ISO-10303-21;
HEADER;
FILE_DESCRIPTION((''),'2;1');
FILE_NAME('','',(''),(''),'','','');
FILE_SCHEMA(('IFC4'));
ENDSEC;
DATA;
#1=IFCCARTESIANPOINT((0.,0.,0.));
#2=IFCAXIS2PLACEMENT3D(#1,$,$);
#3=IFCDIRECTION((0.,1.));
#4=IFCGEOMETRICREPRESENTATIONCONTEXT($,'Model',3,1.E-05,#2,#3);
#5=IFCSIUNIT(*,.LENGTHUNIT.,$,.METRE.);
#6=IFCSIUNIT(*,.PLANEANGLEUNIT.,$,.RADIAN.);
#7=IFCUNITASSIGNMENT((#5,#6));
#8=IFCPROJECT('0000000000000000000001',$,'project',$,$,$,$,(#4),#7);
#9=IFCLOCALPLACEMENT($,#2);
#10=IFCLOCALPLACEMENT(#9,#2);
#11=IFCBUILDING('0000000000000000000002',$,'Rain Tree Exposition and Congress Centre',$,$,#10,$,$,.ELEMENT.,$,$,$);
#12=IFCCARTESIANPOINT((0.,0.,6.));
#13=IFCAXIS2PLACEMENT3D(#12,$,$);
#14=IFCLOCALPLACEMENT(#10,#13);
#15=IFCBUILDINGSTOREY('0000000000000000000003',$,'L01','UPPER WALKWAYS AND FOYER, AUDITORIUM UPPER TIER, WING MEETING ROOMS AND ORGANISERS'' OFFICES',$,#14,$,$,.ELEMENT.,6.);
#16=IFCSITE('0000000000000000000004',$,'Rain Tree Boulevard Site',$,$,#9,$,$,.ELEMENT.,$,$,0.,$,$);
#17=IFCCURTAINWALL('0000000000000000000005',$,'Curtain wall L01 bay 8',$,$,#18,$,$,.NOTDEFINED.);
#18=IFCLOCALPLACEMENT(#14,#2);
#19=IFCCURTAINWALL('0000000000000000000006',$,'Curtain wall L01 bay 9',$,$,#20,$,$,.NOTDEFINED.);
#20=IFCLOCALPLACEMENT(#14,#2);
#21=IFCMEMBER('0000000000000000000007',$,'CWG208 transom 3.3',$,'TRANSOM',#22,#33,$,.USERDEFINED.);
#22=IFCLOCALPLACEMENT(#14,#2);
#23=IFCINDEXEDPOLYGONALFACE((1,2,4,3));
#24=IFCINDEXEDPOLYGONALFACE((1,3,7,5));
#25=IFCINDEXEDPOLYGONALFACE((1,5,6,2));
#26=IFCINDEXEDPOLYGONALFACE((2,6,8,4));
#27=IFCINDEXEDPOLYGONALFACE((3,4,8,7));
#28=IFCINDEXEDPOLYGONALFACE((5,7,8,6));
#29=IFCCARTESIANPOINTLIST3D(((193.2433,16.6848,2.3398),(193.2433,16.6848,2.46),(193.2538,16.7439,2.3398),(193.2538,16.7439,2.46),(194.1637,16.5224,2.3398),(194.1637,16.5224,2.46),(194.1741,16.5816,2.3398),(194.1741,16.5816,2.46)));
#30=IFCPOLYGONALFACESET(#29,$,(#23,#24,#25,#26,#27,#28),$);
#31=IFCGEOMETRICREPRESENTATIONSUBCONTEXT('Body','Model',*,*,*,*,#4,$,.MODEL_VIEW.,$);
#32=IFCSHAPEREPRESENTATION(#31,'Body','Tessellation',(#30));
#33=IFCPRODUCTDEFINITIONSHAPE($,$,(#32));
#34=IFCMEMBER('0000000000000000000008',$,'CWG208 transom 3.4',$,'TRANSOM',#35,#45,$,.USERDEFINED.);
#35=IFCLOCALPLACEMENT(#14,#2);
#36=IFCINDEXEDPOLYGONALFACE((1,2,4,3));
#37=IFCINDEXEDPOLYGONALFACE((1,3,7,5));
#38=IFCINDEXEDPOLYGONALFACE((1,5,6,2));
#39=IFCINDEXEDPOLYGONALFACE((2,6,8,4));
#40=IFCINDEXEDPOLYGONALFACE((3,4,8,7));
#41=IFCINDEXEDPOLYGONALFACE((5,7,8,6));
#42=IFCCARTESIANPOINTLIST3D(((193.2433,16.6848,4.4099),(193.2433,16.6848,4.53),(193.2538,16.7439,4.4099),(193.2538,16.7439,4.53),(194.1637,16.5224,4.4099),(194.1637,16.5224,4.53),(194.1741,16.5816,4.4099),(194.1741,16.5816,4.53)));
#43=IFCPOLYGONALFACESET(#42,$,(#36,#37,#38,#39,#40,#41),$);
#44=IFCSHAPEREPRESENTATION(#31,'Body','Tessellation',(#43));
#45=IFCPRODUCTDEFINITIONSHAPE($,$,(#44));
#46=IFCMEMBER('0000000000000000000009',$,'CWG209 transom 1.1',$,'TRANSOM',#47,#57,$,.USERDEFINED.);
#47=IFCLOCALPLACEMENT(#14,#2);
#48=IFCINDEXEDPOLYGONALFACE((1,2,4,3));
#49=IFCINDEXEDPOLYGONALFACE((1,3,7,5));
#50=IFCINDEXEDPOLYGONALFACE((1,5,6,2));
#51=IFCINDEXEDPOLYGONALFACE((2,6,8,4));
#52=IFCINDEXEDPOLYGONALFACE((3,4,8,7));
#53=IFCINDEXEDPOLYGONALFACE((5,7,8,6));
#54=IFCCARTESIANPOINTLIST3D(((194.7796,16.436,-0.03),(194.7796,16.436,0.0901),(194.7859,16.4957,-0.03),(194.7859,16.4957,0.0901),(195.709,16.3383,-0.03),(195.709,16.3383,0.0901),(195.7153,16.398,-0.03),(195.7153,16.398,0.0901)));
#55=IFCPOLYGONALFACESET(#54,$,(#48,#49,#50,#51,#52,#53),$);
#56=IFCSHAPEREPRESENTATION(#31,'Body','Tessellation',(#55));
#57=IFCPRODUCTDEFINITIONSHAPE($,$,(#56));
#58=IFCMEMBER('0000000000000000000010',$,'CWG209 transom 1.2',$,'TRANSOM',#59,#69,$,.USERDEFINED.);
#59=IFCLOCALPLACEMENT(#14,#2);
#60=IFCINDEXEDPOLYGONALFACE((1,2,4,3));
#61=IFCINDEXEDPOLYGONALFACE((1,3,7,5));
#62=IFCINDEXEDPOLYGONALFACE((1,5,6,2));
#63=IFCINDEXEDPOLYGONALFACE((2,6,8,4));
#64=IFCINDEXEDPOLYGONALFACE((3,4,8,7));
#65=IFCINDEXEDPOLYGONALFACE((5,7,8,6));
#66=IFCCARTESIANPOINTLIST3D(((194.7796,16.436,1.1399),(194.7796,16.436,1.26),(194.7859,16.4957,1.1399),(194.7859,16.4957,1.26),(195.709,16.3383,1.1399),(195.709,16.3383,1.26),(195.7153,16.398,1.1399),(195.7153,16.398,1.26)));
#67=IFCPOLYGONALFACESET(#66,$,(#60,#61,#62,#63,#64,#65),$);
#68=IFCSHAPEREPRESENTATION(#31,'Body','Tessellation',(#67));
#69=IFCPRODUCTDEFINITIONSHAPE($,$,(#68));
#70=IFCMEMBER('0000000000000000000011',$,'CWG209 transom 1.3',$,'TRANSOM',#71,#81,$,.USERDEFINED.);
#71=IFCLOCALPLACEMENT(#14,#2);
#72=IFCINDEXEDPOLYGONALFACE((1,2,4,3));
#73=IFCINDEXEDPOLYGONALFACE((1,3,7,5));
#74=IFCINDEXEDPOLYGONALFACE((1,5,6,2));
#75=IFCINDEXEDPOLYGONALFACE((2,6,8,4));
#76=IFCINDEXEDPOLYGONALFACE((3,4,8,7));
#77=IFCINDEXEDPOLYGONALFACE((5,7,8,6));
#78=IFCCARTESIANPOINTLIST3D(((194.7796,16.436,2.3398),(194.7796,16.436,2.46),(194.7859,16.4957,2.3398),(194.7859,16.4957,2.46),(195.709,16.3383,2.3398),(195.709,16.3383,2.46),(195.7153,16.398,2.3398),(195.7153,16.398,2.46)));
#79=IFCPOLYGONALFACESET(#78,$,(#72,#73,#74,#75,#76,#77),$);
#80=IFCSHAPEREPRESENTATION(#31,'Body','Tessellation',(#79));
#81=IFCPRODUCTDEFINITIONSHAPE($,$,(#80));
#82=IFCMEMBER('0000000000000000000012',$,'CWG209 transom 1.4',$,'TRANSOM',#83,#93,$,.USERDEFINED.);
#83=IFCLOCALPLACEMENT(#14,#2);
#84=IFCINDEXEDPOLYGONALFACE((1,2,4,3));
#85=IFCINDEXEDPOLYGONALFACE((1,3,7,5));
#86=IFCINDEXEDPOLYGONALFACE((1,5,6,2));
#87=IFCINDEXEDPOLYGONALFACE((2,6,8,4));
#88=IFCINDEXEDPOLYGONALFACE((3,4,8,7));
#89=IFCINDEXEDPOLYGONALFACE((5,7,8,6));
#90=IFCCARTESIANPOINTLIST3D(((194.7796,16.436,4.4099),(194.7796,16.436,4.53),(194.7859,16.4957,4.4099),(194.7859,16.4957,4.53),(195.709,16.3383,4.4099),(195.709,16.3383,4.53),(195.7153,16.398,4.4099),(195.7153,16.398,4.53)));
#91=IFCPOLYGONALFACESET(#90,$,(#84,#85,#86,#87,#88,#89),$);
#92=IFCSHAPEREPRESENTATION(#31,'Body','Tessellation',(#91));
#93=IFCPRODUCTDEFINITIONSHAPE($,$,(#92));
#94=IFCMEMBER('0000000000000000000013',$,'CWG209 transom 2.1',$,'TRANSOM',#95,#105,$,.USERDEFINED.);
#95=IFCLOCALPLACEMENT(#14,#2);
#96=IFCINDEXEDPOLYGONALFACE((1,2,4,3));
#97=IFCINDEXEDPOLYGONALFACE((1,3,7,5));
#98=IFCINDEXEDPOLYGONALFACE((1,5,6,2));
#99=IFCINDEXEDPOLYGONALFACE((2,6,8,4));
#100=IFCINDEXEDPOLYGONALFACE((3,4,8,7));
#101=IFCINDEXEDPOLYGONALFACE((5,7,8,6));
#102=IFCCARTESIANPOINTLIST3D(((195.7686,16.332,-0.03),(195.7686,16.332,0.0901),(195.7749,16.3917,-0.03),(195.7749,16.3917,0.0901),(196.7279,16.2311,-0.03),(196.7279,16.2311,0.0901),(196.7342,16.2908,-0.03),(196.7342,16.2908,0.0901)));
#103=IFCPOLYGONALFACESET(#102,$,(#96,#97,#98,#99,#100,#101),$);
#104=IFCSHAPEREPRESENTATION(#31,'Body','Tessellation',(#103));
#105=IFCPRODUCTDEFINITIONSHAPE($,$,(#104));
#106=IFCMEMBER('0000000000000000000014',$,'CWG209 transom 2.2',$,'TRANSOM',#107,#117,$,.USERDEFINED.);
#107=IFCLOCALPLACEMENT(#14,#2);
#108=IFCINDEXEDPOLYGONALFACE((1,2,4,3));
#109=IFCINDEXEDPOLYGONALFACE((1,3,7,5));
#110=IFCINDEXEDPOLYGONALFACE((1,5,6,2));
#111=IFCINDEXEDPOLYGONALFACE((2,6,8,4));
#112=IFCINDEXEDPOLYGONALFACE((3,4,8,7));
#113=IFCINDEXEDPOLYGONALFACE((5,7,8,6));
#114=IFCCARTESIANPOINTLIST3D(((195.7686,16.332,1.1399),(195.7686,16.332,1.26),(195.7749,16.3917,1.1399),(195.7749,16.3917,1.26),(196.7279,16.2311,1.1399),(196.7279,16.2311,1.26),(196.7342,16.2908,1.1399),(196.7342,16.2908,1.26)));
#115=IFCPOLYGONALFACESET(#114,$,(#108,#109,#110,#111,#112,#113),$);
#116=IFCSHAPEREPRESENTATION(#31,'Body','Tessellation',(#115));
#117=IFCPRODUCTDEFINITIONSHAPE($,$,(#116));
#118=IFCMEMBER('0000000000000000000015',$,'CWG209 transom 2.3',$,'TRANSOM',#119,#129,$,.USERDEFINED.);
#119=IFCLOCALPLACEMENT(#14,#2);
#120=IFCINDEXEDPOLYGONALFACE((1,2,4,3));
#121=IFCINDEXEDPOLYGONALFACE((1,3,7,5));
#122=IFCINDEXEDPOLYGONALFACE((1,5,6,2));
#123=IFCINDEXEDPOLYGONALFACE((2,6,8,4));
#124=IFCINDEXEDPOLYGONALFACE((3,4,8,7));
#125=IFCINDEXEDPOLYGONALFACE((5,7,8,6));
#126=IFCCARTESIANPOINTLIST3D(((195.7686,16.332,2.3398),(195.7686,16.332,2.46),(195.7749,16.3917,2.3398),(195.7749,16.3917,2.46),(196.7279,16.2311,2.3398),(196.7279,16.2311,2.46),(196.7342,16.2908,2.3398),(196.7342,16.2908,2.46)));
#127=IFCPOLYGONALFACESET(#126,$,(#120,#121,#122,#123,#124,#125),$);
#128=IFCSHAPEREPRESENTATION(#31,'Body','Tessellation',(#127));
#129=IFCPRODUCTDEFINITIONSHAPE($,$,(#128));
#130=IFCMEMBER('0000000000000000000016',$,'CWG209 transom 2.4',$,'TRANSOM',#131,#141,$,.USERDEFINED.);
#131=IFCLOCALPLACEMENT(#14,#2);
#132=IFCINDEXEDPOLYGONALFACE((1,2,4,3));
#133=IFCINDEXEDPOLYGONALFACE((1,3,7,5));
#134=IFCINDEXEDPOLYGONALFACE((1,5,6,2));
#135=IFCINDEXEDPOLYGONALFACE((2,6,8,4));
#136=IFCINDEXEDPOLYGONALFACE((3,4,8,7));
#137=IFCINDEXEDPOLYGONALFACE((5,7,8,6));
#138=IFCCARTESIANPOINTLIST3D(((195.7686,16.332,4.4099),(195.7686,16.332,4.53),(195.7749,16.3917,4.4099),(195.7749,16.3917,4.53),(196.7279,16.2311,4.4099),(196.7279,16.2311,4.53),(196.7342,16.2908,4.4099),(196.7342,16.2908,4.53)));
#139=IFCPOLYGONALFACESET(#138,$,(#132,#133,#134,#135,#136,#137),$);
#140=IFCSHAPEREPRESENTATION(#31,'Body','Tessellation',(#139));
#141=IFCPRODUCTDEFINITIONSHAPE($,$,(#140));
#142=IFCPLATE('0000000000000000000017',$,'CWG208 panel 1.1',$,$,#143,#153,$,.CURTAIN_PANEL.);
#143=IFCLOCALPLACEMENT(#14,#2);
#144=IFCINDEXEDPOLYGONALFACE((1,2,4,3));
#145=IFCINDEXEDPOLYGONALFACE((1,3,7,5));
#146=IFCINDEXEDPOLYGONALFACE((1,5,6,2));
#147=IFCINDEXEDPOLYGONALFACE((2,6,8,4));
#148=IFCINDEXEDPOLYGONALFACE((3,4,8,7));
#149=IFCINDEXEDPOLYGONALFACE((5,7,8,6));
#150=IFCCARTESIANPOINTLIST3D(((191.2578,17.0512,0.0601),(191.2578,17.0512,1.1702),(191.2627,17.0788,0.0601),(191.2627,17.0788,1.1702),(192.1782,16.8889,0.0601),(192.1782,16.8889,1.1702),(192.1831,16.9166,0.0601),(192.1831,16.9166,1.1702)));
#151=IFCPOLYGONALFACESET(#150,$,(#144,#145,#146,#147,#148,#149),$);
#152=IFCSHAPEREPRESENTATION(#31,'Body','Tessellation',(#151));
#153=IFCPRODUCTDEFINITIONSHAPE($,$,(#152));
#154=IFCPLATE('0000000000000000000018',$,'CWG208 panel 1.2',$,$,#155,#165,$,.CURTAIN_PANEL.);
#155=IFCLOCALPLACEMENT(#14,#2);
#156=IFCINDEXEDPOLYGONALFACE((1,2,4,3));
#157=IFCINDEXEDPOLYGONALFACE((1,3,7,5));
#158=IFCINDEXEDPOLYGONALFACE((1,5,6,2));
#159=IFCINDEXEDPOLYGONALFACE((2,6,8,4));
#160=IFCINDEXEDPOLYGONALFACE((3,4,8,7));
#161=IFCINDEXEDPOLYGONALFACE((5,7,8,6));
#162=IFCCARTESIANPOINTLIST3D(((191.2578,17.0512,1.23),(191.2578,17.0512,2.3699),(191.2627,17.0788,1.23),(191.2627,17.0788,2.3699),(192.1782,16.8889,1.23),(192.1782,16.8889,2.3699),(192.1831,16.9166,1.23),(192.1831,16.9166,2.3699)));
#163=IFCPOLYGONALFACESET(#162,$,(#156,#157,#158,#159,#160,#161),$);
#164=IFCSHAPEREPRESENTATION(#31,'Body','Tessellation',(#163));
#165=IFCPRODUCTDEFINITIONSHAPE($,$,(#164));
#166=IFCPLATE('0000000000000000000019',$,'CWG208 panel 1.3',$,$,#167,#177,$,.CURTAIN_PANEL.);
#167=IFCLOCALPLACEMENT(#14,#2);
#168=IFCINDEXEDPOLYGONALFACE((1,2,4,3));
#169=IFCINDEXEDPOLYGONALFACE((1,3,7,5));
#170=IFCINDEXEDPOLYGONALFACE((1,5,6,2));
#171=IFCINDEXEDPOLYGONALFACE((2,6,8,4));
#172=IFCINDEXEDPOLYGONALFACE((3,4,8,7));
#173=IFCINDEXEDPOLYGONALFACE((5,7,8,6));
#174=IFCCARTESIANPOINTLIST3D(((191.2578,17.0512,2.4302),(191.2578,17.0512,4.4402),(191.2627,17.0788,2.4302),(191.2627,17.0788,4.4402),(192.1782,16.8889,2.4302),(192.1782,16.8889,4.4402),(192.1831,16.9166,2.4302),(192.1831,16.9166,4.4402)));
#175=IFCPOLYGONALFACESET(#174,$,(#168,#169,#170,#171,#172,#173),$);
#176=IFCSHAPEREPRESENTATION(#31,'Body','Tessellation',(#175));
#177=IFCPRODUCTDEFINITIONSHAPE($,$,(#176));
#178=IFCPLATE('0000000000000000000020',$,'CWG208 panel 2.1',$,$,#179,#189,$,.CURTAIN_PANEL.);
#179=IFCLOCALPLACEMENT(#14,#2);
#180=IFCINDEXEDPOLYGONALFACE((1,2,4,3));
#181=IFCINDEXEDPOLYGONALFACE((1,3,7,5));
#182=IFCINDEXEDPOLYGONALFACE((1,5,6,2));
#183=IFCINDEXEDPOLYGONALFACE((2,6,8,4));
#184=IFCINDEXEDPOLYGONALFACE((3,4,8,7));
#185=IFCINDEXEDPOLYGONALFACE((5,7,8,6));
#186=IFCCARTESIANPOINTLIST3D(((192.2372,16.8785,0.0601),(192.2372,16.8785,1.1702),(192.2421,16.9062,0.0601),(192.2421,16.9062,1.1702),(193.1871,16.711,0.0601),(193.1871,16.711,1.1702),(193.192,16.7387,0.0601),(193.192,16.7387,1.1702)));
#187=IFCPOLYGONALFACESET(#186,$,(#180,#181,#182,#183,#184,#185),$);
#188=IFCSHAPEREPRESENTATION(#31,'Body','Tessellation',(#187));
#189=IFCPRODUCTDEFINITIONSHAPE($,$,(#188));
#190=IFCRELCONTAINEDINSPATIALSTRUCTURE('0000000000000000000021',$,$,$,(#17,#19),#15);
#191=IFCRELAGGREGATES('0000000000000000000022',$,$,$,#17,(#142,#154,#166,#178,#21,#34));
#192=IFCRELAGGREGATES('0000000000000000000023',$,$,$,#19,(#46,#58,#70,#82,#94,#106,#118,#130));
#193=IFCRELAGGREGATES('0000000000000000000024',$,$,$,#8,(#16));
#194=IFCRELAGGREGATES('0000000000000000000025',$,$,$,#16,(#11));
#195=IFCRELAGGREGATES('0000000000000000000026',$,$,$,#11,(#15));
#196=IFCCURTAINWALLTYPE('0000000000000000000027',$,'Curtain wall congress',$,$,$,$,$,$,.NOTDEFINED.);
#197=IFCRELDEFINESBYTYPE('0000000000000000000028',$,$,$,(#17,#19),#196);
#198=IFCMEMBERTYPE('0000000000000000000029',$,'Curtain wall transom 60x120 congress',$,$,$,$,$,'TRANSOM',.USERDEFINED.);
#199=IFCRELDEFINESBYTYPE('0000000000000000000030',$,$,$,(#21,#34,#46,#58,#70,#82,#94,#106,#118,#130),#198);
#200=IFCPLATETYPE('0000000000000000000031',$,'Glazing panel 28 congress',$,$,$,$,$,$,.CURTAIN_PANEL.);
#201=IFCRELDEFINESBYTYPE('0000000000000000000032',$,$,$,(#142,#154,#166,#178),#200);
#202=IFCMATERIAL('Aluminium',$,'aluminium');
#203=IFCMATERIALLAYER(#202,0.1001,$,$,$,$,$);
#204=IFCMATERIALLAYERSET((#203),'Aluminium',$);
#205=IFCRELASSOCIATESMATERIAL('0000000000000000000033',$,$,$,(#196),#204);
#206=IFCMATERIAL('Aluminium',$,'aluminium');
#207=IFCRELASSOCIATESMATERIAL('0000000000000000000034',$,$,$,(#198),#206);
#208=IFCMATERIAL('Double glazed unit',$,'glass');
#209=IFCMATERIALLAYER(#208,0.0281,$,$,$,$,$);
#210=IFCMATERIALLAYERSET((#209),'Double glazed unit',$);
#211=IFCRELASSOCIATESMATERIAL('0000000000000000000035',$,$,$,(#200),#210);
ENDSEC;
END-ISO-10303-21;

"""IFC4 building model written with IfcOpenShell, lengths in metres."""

from ifc_helpers import new_model, si_unit, direction, frame, origin, origin_2d, place, context, subcontext, project, spatial, rectangle, extrude, material, layer, layer_set, material_profile, profile_set, type_object, element, aggregate, save


model = new_model("IFC4")

# Units and contexts
model_context = context("Model", 3, precision=1e-05, world=origin(), true_north=direction((0.0, 1.0)))
body_context = subcontext(model_context, "Body", "Model", "MODEL_VIEW")
ifc_project = project(units=[si_unit("LENGTHUNIT", "METRE"), si_unit("PLANEANGLEUNIT", "RADIAN")], contexts=[model_context])

# Site, building, storey
site_placement = place(None, origin())
site = spatial("IfcSite", under=ifc_project, at=site_placement, Name="Rain Tree Boulevard Site", CompositionType="ELEMENT", RefElevation=0.0)
building_placement = place(site_placement, origin())
building = spatial("IfcBuilding", under=site, at=building_placement, Name="Rain Tree Exposition and Congress Centre", CompositionType="ELEMENT")
storey_placement = place(building_placement, frame((0.0, 0.0, 6.0)))
storey = spatial("IfcBuildingStorey", under=building, at=storey_placement, Name="L01", Description="UPPER WALKWAYS AND FOYER, AUDITORIUM UPPER TIER, WING MEETING ROOMS AND ORGANISERS' OFFICES", CompositionType="ELEMENT", Elevation=6.0)

# Curtain walls
ifc_material_1 = material(Name="Aluminium", Category="aluminium")
ifc_layer_1 = layer(ifc_material_1, 0.1001)
ifc_layer_set_1 = layer_set([ifc_layer_1], Name="Aluminium")
curtain_wall_type = type_object("IfcCurtainWallType", Name="Curtain wall congress", PredefinedType="NOTDEFINED", material=ifc_layer_set_1)
curtain_wall_1_placement = place(storey_placement, origin())
curtain_wall_1 = element("IfcCurtainWall", 1, at=curtain_wall_1_placement, inside=storey, type_object=curtain_wall_type, Name="Curtain wall L01 bay 8", PredefinedType="NOTDEFINED")
curtain_wall_2_placement = place(storey_placement, origin())
curtain_wall_2 = element("IfcCurtainWall", 2, at=curtain_wall_2_placement, inside=storey, type_object=curtain_wall_type, Name="Curtain wall L01 bay 9", PredefinedType="NOTDEFINED")

# Members
ifc_material_2 = material(Name="Aluminium", Category="aluminium")
ifc_material_profile_1 = material_profile(ifc_material_2, rectangle(XDim=0.0601, YDim=0.1201, at=origin_2d()), Name="AL 60x120")
ifc_profile_set_1 = profile_set([ifc_material_profile_1], Name="Aluminium")
member_type_1 = type_object("IfcMemberType", Name="Curtain wall transom 60x120 congress", ElementType="TRANSOM", PredefinedType="USERDEFINED", material=ifc_profile_set_1)
member_1_placement = place(storey_placement, frame((193.2485, 16.7144, 2.3999), z_axis=(0.984797, -0.173711, 0.0), x_axis=(0.173711, 0.984797, 0.0)))
member_1 = element("IfcMember", 3, at=member_1_placement, type_object=member_type_1, Name="CWG208 transom 3.3", ObjectType="TRANSOM", PredefinedType="USERDEFINED", context=body_context, shape_type="SweptSolid", body=[
    extrude(rectangle(XDim=0.0601, YDim=0.1201, at=origin_2d()), origin(), (0.0, 0.0, 1.0), 0.9346),
])
member_2_placement = place(storey_placement, frame((193.2485, 16.7144, 4.47), z_axis=(0.984797, -0.173711, 0.0), x_axis=(0.173711, 0.984797, 0.0)))
member_2 = element("IfcMember", 4, at=member_2_placement, type_object=member_type_1, Name="CWG208 transom 3.4", ObjectType="TRANSOM", PredefinedType="USERDEFINED", context=body_context, shape_type="SweptSolid", body=[
    extrude(rectangle(XDim=0.0601, YDim=0.1201, at=origin_2d()), origin(), (0.0, 0.0, 1.0), 0.9346),
])
member_3_placement = place(storey_placement, frame((194.7827, 16.4658, 0.03), z_axis=(0.994525, -0.104494, 0.0), x_axis=(0.104494, 0.994525, 0.0)))
member_3 = element("IfcMember", 5, at=member_3_placement, type_object=member_type_1, Name="CWG209 transom 1.1", ObjectType="TRANSOM", PredefinedType="USERDEFINED", context=body_context, shape_type="SweptSolid", body=[
    extrude(rectangle(XDim=0.0601, YDim=0.1201, at=origin_2d()), origin(), (0.0, 0.0, 1.0), 0.9346),
])
member_4_placement = place(storey_placement, frame((194.7827, 16.4658, 1.2), z_axis=(0.994525, -0.104494, 0.0), x_axis=(0.104494, 0.994525, 0.0)))
member_4 = element("IfcMember", 6, at=member_4_placement, type_object=member_type_1, Name="CWG209 transom 1.2", ObjectType="TRANSOM", PredefinedType="USERDEFINED", context=body_context, shape_type="SweptSolid", body=[
    extrude(rectangle(XDim=0.0601, YDim=0.1201, at=origin_2d()), origin(), (0.0, 0.0, 1.0), 0.9346),
])
member_5_placement = place(storey_placement, frame((194.7827, 16.4658, 2.3999), z_axis=(0.994525, -0.104494, 0.0), x_axis=(0.104494, 0.994525, 0.0)))
member_5 = element("IfcMember", 7, at=member_5_placement, type_object=member_type_1, Name="CWG209 transom 1.3", ObjectType="TRANSOM", PredefinedType="USERDEFINED", context=body_context, shape_type="SweptSolid", body=[
    extrude(rectangle(XDim=0.0601, YDim=0.1201, at=origin_2d()), origin(), (0.0, 0.0, 1.0), 0.9346),
])
member_6_placement = place(storey_placement, frame((194.7827, 16.4658, 4.47), z_axis=(0.994525, -0.104494, 0.0), x_axis=(0.104494, 0.994525, 0.0)))
member_6 = element("IfcMember", 8, at=member_6_placement, type_object=member_type_1, Name="CWG209 transom 1.4", ObjectType="TRANSOM", PredefinedType="USERDEFINED", context=body_context, shape_type="SweptSolid", body=[
    extrude(rectangle(XDim=0.0601, YDim=0.1201, at=origin_2d()), origin(), (0.0, 0.0, 1.0), 0.9346),
])
member_7_placement = place(storey_placement, frame((195.7717, 16.3618, 0.03), z_axis=(0.994521, -0.10454, 0.0), x_axis=(0.10454, 0.994521, 0.0)))
member_7 = element("IfcMember", 9, at=member_7_placement, type_object=member_type_1, Name="CWG209 transom 2.1", ObjectType="TRANSOM", PredefinedType="USERDEFINED", context=body_context, shape_type="SweptSolid", body=[
    extrude(rectangle(XDim=0.0601, YDim=0.1201, at=origin_2d()), origin(), (0.0, 0.0, 1.0), 0.9646),
])
member_8_placement = place(storey_placement, frame((195.7717, 16.3618, 1.2), z_axis=(0.994521, -0.10454, 0.0), x_axis=(0.10454, 0.994521, 0.0)))
member_8 = element("IfcMember", 10, at=member_8_placement, type_object=member_type_1, Name="CWG209 transom 2.2", ObjectType="TRANSOM", PredefinedType="USERDEFINED", context=body_context, shape_type="SweptSolid", body=[
    extrude(rectangle(XDim=0.0601, YDim=0.1201, at=origin_2d()), origin(), (0.0, 0.0, 1.0), 0.9646),
])
member_9_placement = place(storey_placement, frame((195.7717, 16.3618, 2.3999), z_axis=(0.994521, -0.10454, 0.0), x_axis=(0.10454, 0.994521, 0.0)))
member_9 = element("IfcMember", 11, at=member_9_placement, type_object=member_type_1, Name="CWG209 transom 2.3", ObjectType="TRANSOM", PredefinedType="USERDEFINED", context=body_context, shape_type="SweptSolid", body=[
    extrude(rectangle(XDim=0.0601, YDim=0.1201, at=origin_2d()), origin(), (0.0, 0.0, 1.0), 0.9646),
])
member_10_placement = place(storey_placement, frame((195.7717, 16.3618, 4.47), z_axis=(0.994521, -0.10454, 0.0), x_axis=(0.10454, 0.994521, 0.0)))
member_10 = element("IfcMember", 12, at=member_10_placement, type_object=member_type_1, Name="CWG209 transom 2.4", ObjectType="TRANSOM", PredefinedType="USERDEFINED", context=body_context, shape_type="SweptSolid", body=[
    extrude(rectangle(XDim=0.0601, YDim=0.1201, at=origin_2d()), origin(), (0.0, 0.0, 1.0), 0.9646),
])

# Plates
ifc_material_3 = material(Name="Double glazed unit", Category="glass")
ifc_layer_2 = layer(ifc_material_3, 0.0281)
ifc_layer_set_2 = layer_set([ifc_layer_2], Name="Double glazed unit")
plate_type = type_object("IfcPlateType", Name="Glazing panel 28 congress", PredefinedType="CURTAIN_PANEL", material=ifc_layer_set_2)
plate_1_placement = place(storey_placement, frame((191.7205, 16.9839, 0.0601), z_axis=(0.0, 0.0, 1.0), x_axis=(0.98481, -0.173635, 0.0)))
plate_1 = element("IfcPlate", 13, at=plate_1_placement, type_object=plate_type, Name="CWG208 panel 1.1", PredefinedType="CURTAIN_PANEL", context=body_context, shape_type="SweptSolid", body=[
    extrude(rectangle(XDim=0.9346, YDim=0.0281, at=origin_2d()), origin(), (0.0, 0.0, 1.0), 1.1101),
])
plate_2_placement = place(storey_placement, frame((191.7205, 16.9839, 1.23), z_axis=(0.0, 0.0, 1.0), x_axis=(0.98481, -0.173635, 0.0)))
plate_2 = element("IfcPlate", 14, at=plate_2_placement, type_object=plate_type, Name="CWG208 panel 1.2", PredefinedType="CURTAIN_PANEL", context=body_context, shape_type="SweptSolid", body=[
    extrude(rectangle(XDim=0.9346, YDim=0.0281, at=origin_2d()), origin(), (0.0, 0.0, 1.0), 1.1399),
])
plate_3_placement = place(storey_placement, frame((191.7205, 16.9839, 2.4302), z_axis=(0.0, 0.0, 1.0), x_axis=(0.98481, -0.173635, 0.0)))
plate_3 = element("IfcPlate", 15, at=plate_3_placement, type_object=plate_type, Name="CWG208 panel 1.3", PredefinedType="CURTAIN_PANEL", context=body_context, shape_type="SweptSolid", body=[
    extrude(rectangle(XDim=0.9346, YDim=0.0281, at=origin_2d()), origin(), (0.0, 0.0, 1.0), 2.01),
])
plate_4_placement = place(storey_placement, frame((192.7146, 16.8086, 0.0601), z_axis=(0.0, 0.0, 1.0), x_axis=(0.98481, -0.173635, 0.0)))
plate_4 = element("IfcPlate", 16, at=plate_4_placement, type_object=plate_type, Name="CWG208 panel 2.1", PredefinedType="CURTAIN_PANEL", context=body_context, shape_type="SweptSolid", body=[
    extrude(rectangle(XDim=0.9646, YDim=0.0281, at=origin_2d()), origin(), (0.0, 0.0, 1.0), 1.1101),
])
aggregate(curtain_wall_1, [plate_1, plate_2, plate_3, plate_4, member_1, member_2])
aggregate(curtain_wall_2, [member_3, member_4, member_5, member_6, member_7, member_8, member_9, member_10])

save(model, "model.ifc")
